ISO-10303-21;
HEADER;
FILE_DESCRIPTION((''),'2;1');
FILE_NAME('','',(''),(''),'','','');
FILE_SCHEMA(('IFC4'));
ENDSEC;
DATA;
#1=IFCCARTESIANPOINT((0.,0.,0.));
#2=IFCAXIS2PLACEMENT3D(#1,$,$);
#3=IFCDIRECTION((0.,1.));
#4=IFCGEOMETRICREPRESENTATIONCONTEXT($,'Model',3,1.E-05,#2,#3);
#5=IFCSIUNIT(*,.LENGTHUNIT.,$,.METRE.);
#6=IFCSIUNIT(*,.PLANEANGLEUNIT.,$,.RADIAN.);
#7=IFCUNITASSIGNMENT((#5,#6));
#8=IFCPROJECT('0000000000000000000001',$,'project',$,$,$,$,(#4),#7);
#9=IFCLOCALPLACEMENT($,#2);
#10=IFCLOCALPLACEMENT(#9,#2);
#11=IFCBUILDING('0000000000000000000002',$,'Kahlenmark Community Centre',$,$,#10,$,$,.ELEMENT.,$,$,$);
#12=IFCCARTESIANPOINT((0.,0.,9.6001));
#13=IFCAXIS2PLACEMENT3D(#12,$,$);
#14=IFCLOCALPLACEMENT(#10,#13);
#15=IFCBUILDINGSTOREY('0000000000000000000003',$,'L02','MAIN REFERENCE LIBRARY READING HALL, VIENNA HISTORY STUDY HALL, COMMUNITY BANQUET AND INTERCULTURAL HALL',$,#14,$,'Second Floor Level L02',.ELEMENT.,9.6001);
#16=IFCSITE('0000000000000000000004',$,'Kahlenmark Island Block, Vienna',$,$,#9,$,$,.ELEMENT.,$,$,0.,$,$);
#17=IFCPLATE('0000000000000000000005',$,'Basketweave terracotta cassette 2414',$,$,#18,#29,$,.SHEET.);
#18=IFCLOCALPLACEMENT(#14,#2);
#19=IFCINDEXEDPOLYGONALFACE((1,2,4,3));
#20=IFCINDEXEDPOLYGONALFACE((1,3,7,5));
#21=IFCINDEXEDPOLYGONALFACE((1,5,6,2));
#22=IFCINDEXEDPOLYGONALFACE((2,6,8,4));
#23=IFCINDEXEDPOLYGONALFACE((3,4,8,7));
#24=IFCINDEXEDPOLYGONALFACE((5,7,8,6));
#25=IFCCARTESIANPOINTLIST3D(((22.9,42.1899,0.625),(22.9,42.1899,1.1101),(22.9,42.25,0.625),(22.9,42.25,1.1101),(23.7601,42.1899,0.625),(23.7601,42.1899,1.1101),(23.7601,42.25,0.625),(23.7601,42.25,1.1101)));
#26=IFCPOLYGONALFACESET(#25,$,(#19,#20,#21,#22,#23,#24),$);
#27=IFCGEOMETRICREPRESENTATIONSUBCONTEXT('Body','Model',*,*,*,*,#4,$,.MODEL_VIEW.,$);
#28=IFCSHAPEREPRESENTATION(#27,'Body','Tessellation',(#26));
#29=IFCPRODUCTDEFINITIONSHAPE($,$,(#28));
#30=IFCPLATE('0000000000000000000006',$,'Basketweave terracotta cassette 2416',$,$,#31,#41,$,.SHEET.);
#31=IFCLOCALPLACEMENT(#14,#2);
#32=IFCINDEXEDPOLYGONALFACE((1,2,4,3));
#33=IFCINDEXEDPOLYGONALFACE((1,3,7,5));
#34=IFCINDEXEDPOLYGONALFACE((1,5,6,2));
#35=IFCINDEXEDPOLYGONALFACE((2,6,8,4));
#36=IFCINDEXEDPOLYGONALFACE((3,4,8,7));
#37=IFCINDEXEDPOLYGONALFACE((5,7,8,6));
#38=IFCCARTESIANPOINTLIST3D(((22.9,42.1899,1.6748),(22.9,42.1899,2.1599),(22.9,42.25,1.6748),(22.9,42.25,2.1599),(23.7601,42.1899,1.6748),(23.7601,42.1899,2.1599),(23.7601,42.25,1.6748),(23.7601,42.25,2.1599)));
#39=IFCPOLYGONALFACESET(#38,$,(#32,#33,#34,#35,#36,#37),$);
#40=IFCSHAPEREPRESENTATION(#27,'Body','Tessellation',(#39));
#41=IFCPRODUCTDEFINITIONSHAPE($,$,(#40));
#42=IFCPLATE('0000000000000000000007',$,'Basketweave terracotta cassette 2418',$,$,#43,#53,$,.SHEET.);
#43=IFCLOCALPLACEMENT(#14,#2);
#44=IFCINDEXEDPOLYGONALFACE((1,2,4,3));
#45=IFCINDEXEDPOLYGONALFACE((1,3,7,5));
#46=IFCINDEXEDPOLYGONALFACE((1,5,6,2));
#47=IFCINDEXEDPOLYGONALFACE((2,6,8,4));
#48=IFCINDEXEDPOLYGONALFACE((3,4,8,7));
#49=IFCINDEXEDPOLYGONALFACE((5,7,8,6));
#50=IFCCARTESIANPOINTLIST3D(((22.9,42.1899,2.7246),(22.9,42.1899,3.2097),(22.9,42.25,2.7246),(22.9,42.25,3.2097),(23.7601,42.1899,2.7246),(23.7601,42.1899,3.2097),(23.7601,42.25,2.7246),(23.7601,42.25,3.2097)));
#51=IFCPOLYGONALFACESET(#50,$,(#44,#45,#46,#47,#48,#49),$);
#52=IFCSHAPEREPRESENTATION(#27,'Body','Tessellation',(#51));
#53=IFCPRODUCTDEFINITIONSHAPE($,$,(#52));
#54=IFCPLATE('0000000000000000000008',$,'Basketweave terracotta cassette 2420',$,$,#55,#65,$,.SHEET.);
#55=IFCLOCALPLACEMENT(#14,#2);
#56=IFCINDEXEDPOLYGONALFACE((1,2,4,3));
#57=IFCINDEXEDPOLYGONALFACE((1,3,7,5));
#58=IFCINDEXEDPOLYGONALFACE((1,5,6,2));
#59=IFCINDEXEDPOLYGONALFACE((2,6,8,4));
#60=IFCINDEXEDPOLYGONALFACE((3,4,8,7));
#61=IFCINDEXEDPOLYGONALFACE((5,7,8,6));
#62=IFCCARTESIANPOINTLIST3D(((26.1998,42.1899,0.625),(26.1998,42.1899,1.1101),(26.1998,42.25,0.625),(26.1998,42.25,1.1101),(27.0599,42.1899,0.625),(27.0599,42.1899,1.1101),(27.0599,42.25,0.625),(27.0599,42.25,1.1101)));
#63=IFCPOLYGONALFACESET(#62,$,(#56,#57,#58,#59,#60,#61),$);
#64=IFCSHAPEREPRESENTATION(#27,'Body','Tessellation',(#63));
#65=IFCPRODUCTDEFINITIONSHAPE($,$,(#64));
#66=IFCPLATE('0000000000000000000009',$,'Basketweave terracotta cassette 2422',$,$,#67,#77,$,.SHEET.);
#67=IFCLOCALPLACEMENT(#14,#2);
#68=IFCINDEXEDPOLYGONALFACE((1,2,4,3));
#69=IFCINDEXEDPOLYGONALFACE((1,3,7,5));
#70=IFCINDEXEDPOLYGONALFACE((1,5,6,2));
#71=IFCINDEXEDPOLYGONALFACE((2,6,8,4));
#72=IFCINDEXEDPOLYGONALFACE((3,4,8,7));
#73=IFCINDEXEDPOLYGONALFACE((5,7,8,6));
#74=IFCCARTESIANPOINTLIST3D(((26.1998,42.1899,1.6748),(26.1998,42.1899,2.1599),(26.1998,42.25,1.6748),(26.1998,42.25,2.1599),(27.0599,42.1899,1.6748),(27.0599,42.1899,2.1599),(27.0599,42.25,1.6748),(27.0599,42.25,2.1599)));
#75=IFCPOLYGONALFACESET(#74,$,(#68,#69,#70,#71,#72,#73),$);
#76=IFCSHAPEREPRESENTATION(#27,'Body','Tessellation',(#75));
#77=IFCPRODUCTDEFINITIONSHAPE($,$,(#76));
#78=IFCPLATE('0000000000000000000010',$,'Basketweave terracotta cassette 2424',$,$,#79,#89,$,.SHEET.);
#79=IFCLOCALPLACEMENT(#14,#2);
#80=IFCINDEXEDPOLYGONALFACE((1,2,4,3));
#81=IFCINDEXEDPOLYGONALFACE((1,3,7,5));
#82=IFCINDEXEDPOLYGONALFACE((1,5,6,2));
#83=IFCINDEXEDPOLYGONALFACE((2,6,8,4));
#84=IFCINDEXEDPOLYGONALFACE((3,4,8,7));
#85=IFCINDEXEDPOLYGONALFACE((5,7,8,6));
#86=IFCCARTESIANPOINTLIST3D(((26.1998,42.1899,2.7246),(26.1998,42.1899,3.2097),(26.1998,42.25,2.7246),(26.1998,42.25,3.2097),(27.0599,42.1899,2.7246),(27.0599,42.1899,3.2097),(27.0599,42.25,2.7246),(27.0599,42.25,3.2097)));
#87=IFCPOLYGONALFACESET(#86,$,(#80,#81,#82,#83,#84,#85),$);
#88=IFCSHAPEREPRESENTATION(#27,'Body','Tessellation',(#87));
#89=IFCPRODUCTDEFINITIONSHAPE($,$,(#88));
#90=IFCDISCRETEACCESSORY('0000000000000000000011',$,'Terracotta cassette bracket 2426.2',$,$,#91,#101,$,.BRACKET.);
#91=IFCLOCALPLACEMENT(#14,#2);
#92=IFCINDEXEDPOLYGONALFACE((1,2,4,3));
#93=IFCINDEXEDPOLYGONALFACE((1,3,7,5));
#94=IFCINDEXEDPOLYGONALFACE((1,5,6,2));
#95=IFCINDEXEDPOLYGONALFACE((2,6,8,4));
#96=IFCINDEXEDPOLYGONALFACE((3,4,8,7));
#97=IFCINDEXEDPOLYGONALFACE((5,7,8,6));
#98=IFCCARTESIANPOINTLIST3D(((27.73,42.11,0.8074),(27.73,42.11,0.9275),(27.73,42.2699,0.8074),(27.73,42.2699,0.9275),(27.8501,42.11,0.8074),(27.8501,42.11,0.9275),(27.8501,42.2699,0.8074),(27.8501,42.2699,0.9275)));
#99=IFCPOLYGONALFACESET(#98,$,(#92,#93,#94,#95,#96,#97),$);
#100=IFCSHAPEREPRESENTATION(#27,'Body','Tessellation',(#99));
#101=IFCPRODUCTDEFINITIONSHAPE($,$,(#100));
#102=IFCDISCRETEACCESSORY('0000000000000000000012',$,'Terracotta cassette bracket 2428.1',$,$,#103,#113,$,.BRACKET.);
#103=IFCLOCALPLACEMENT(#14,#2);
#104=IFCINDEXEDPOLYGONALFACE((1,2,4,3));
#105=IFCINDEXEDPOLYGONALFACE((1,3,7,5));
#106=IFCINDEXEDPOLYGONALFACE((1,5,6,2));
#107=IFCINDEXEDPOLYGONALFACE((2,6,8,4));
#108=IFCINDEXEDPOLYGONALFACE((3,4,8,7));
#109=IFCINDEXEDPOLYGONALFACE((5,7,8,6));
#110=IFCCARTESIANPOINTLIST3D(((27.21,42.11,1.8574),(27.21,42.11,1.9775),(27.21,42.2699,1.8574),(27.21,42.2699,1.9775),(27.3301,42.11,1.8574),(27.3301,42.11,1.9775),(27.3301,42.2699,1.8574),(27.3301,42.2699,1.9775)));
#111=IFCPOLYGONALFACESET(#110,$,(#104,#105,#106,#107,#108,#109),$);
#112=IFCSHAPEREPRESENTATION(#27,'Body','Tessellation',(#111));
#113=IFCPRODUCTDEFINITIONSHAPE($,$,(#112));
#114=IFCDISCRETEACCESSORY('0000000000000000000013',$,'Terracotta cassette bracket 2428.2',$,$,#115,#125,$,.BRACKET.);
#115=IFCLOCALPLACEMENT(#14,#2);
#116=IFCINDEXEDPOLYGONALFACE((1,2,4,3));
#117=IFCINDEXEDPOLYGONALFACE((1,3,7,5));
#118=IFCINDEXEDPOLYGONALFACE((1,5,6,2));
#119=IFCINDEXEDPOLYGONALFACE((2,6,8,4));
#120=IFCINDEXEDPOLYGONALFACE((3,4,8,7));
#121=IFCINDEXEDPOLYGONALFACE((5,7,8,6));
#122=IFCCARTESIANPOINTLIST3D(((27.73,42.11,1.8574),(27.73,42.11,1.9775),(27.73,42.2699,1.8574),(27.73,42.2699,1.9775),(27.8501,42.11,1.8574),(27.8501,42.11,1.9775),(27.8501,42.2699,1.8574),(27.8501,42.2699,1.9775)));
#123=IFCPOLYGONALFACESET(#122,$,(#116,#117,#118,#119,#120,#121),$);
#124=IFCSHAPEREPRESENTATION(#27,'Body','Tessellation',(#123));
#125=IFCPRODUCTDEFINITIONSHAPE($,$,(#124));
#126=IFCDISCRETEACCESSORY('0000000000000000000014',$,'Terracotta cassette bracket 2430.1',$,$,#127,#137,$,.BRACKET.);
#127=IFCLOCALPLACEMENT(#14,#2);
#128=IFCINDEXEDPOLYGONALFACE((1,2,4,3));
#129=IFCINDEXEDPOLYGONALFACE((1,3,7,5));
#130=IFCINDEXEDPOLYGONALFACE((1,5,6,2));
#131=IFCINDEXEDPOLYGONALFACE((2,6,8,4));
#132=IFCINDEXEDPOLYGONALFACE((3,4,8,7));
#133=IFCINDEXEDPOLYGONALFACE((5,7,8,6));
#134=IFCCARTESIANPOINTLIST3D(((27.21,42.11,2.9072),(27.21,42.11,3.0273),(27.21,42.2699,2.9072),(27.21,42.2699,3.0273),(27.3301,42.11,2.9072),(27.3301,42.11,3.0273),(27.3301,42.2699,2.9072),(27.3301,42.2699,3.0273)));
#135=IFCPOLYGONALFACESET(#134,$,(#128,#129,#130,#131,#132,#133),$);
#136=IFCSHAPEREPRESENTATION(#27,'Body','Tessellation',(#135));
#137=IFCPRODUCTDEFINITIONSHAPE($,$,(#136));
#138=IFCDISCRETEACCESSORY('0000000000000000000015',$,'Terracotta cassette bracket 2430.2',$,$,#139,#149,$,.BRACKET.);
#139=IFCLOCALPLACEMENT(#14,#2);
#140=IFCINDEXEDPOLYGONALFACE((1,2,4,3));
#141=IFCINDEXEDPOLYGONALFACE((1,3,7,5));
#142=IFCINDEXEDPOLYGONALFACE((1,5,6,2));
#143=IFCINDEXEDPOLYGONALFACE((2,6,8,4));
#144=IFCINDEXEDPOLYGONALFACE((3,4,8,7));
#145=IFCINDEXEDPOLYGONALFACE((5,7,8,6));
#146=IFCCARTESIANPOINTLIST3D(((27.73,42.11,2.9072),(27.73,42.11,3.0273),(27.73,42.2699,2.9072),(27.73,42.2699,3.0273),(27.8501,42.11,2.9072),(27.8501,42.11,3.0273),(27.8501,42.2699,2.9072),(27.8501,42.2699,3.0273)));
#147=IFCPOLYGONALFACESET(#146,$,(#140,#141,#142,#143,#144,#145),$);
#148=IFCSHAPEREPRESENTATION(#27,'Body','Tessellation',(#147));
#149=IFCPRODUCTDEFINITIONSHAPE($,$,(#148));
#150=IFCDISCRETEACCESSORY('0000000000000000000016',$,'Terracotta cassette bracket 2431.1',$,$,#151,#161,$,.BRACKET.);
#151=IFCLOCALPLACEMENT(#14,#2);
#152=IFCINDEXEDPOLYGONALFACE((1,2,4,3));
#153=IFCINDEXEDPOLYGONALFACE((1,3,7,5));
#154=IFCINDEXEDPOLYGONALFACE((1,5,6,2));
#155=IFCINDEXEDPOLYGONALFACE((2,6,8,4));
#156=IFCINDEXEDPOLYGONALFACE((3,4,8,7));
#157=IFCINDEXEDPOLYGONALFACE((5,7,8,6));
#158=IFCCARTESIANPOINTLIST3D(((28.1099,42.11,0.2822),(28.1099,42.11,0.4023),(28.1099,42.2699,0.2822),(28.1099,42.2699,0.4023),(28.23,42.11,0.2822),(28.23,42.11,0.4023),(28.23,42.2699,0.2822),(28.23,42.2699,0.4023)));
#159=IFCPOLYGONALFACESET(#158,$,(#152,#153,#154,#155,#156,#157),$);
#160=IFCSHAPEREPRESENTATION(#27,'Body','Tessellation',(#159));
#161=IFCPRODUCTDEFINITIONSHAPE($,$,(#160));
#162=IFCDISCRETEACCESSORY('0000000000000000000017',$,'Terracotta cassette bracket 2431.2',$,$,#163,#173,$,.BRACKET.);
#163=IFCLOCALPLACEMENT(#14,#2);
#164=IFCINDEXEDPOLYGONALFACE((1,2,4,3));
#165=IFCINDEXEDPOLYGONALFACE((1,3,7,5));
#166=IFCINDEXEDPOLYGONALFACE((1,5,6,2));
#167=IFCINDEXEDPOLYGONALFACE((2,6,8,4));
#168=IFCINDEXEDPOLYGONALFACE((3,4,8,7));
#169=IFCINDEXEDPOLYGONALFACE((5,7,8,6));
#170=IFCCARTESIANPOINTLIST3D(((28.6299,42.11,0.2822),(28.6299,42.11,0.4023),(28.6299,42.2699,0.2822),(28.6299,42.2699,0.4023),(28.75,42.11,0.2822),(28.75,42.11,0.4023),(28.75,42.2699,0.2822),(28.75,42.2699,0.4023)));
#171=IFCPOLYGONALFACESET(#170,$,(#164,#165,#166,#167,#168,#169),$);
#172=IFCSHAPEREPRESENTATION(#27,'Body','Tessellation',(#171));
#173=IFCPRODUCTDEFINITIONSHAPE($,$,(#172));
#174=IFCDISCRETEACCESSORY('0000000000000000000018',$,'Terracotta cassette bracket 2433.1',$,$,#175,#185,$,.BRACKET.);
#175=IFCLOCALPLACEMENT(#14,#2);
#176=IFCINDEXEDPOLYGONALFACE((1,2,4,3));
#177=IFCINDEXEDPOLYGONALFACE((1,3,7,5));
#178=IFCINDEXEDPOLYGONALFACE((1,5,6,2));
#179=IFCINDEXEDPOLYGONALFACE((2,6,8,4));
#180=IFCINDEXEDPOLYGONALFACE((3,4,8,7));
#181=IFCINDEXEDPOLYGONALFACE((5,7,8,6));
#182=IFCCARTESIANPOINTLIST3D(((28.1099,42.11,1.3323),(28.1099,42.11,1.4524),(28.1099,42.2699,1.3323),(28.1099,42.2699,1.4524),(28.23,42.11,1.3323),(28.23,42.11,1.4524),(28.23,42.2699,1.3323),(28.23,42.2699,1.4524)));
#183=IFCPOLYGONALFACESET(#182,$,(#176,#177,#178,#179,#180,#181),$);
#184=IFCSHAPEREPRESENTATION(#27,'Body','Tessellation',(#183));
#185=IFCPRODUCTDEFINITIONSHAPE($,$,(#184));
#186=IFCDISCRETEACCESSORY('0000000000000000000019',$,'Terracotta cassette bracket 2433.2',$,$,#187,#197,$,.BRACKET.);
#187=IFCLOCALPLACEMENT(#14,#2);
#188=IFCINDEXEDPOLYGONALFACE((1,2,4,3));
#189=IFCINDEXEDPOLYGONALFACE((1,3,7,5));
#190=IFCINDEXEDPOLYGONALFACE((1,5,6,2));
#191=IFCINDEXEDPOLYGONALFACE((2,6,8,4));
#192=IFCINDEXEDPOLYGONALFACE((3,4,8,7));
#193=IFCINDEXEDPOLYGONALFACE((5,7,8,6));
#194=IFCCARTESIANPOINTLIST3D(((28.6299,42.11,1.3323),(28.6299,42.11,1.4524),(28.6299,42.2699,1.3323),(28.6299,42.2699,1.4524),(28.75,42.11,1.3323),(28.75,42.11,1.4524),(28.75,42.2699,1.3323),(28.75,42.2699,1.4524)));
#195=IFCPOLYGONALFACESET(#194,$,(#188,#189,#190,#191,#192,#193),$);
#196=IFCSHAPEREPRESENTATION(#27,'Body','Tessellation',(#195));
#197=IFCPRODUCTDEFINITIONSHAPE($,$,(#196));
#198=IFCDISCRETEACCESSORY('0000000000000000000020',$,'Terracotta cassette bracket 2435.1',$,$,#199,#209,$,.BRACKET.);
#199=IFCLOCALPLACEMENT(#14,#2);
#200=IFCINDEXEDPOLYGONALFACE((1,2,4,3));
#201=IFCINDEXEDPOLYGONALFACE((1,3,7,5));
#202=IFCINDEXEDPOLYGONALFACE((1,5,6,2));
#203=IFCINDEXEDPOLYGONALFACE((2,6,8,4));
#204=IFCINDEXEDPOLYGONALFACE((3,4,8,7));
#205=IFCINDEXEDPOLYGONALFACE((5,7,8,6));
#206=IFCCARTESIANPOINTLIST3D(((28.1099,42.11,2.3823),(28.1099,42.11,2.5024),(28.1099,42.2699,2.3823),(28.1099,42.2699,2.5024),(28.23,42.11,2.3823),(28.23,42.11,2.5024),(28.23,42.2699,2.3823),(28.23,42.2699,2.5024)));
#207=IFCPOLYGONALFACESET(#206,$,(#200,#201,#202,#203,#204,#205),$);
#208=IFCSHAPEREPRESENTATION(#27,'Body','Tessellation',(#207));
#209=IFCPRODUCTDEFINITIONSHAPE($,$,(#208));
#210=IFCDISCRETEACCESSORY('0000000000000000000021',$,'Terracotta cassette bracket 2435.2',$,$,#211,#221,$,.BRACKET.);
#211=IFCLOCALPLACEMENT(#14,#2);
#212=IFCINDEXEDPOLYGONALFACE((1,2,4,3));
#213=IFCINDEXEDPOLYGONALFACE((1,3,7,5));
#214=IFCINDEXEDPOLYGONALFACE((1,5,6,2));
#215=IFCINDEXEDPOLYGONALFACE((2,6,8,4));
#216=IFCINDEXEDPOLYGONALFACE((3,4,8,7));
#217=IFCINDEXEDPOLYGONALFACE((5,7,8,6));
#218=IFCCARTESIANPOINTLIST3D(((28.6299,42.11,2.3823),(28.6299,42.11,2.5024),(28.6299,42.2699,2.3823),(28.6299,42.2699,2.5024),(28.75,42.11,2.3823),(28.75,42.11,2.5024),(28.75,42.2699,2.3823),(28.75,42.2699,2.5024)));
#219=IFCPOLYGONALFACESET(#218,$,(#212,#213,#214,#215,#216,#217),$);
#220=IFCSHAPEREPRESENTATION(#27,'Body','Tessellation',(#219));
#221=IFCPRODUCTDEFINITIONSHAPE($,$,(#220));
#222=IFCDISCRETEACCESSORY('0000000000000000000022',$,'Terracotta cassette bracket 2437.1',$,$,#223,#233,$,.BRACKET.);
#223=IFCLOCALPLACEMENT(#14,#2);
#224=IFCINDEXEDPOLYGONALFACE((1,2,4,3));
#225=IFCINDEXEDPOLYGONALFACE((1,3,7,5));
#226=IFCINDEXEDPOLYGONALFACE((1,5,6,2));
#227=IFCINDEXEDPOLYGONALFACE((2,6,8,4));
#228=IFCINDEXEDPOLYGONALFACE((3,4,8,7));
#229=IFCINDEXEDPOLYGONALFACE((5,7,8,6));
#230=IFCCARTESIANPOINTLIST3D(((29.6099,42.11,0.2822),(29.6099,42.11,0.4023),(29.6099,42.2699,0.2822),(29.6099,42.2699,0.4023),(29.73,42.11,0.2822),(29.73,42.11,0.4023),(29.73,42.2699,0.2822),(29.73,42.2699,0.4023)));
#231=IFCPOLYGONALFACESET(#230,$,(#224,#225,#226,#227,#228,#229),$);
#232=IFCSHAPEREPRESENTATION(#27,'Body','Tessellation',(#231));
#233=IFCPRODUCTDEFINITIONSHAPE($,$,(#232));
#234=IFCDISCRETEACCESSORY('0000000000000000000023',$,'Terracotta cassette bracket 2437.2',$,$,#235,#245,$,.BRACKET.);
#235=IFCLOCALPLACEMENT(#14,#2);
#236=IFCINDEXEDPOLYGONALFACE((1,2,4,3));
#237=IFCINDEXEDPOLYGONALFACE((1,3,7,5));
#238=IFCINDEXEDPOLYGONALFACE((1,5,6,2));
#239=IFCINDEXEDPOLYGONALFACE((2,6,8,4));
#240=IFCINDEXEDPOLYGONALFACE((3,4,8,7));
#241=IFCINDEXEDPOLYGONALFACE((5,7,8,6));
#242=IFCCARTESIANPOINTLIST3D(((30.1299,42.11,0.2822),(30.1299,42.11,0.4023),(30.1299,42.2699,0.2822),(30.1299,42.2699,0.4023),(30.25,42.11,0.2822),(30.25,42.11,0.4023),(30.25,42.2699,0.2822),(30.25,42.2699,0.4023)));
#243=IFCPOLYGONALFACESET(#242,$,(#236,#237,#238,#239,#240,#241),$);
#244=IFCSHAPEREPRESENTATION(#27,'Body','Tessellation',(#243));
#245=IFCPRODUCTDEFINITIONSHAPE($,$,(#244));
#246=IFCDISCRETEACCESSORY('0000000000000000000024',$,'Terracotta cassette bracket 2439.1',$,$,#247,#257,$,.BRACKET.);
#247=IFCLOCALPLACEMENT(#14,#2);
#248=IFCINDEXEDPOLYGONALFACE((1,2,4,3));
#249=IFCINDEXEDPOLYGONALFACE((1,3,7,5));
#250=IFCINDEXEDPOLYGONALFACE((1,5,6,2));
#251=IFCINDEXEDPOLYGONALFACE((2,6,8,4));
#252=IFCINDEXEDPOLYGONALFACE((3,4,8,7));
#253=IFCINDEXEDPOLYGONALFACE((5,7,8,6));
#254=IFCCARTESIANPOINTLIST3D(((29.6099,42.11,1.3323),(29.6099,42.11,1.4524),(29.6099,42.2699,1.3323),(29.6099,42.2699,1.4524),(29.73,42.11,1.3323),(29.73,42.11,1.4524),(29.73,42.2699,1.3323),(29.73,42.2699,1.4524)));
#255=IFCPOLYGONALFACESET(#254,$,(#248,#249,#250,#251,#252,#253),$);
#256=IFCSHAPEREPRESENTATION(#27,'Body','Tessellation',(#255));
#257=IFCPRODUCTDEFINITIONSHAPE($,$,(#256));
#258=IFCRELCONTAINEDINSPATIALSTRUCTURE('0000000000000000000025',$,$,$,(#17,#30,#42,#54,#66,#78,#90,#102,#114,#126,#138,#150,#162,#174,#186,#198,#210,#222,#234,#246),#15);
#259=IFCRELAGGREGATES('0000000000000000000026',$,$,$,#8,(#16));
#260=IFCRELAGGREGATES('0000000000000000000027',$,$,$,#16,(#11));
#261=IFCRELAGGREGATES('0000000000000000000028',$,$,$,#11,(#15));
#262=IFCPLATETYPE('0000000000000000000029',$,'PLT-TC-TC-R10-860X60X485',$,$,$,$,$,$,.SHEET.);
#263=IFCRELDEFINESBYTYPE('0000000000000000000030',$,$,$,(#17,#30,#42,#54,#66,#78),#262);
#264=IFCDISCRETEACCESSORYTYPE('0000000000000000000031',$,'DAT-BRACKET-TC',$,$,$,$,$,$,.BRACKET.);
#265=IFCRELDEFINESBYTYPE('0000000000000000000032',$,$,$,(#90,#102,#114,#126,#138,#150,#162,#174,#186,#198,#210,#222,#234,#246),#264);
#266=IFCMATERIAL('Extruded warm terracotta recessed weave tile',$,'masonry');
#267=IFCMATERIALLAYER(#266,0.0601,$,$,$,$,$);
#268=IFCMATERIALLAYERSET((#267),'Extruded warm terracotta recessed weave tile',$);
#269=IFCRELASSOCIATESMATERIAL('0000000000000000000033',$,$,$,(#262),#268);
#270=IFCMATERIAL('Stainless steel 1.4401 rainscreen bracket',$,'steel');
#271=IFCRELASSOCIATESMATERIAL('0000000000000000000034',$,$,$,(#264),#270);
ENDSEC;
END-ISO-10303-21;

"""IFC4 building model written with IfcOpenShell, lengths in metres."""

from ifc_helpers import new_model, si_unit, direction, frame, origin, origin_2d, place, context, subcontext, project, spatial, rectangle, extrude, material, layer, layer_set, type_object, element, save


model = new_model("IFC4")

# Units and contexts
model_context = context("Model", 3, precision=1e-05, world=origin(), true_north=direction((0.0, 1.0)))
body_context = subcontext(model_context, "Body", "Model", "MODEL_VIEW")
ifc_project = project(units=[si_unit("LENGTHUNIT", "METRE"), si_unit("PLANEANGLEUNIT", "RADIAN")], contexts=[model_context])

# Site, building, storey
site_placement = place(None, origin())
site = spatial("IfcSite", under=ifc_project, at=site_placement, Name="Kahlenmark Island Block, Vienna", CompositionType="ELEMENT", RefElevation=0.0)
building_placement = place(site_placement, origin())
building = spatial("IfcBuilding", under=site, at=building_placement, Name="Kahlenmark Community Centre", CompositionType="ELEMENT")
storey_placement = place(building_placement, frame((0.0, 0.0, 9.6001)))
storey = spatial("IfcBuildingStorey", under=building, at=storey_placement, Name="L02", Description="MAIN REFERENCE LIBRARY READING HALL, VIENNA HISTORY STUDY HALL, COMMUNITY BANQUET AND INTERCULTURAL HALL", LongName="Second Floor Level L02", CompositionType="ELEMENT", Elevation=9.6001)

# Plates
ifc_material_1 = material(Name="Extruded warm terracotta recessed weave tile", Category="masonry")
ifc_layer_1 = layer(ifc_material_1, 0.0601)
ifc_layer_set_1 = layer_set([ifc_layer_1], Name="Extruded warm terracotta recessed weave tile")
plate_type_1 = type_object("IfcPlateType", Name="PLT-TC-TC-R10-860X60X485", PredefinedType="SHEET", material=ifc_layer_set_1)
for number, where, z_axis, x_axis, name in (
    (1, (23.3301, 42.22, 0.625), (0.0, 0.0, 1.0), (1.0, 0.0, 0.0), "Basketweave terracotta cassette 2414"),
    (2, (23.3301, 42.22, 1.6748), (0.0, 0.0, 1.0), (1.0, 0.0, 0.0), "Basketweave terracotta cassette 2416"),
    (3, (23.3301, 42.22, 2.7246), (0.0, 0.0, 1.0), (1.0, 0.0, 0.0), "Basketweave terracotta cassette 2418"),
    (4, (26.6299, 42.22, 0.625), (0.0, 0.0, 1.0), (1.0, 0.0, 0.0), "Basketweave terracotta cassette 2420"),
    (5, (26.6299, 42.22, 1.6748), (0.0, 0.0, 1.0), (1.0, 0.0, 0.0), "Basketweave terracotta cassette 2422"),
    (6, (26.6299, 42.22, 2.7246), (0.0, 0.0, 1.0), (1.0, 0.0, 0.0), "Basketweave terracotta cassette 2424"),
):
    element("IfcPlate", number, at=place(storey_placement, frame(where, z_axis=z_axis, x_axis=x_axis)), inside=storey, type_object=plate_type_1, Name=name, PredefinedType="SHEET", context=body_context, shape_type="SweptSolid", body=[
        extrude(rectangle(XDim=0.8601, YDim=0.0601, at=origin_2d()), origin(), (0.0, 0.0, 1.0), 0.4851),
    ])

# Discrete accessories
ifc_material_2 = material(Name="Stainless steel 1.4401 rainscreen bracket", Category="steel")
discrete_accessory_type = type_object("IfcDiscreteAccessoryType", Name="DAT-BRACKET-TC", PredefinedType="BRACKET", material=ifc_material_2)
for number, where, z_axis, x_axis, name in (
    (7, (27.79, 42.1899, 0.8074), (0.0, 0.0, 1.0), (1.0, 0.0, 0.0), "Terracotta cassette bracket 2426.2"),
    (8, (27.27, 42.1899, 1.8574), (0.0, 0.0, 1.0), (1.0, 0.0, 0.0), "Terracotta cassette bracket 2428.1"),
    (9, (27.79, 42.1899, 1.8574), (0.0, 0.0, 1.0), (1.0, 0.0, 0.0), "Terracotta cassette bracket 2428.2"),
    (10, (27.27, 42.1899, 2.9072), (0.0, 0.0, 1.0), (1.0, 0.0, 0.0), "Terracotta cassette bracket 2430.1"),
    (11, (27.79, 42.1899, 2.9072), (0.0, 0.0, 1.0), (1.0, 0.0, 0.0), "Terracotta cassette bracket 2430.2"),
    (12, (28.1699, 42.1899, 0.2822), (0.0, 0.0, 1.0), (1.0, 0.0, 0.0), "Terracotta cassette bracket 2431.1"),
    (13, (28.6899, 42.1899, 0.2822), (0.0, 0.0, 1.0), (1.0, 0.0, 0.0), "Terracotta cassette bracket 2431.2"),
    (14, (28.1699, 42.1899, 1.3323), (0.0, 0.0, 1.0), (1.0, 0.0, 0.0), "Terracotta cassette bracket 2433.1"),
    (15, (28.6899, 42.1899, 1.3323), (0.0, 0.0, 1.0), (1.0, 0.0, 0.0), "Terracotta cassette bracket 2433.2"),
    (16, (28.1699, 42.1899, 2.3823), (0.0, 0.0, 1.0), (1.0, 0.0, 0.0), "Terracotta cassette bracket 2435.1"),
    (17, (28.6899, 42.1899, 2.3823), (0.0, 0.0, 1.0), (1.0, 0.0, 0.0), "Terracotta cassette bracket 2435.2"),
    (18, (29.6699, 42.1899, 0.2822), (0.0, 0.0, 1.0), (1.0, 0.0, 0.0), "Terracotta cassette bracket 2437.1"),
    (19, (30.1899, 42.1899, 0.2822), (0.0, 0.0, 1.0), (1.0, 0.0, 0.0), "Terracotta cassette bracket 2437.2"),
    (20, (29.6699, 42.1899, 1.3323), (0.0, 0.0, 1.0), (1.0, 0.0, 0.0), "Terracotta cassette bracket 2439.1"),
):
    element("IfcDiscreteAccessory", number, at=place(storey_placement, frame(where, z_axis=z_axis, x_axis=x_axis)), inside=storey, type_object=discrete_accessory_type, Name=name, PredefinedType="BRACKET", context=body_context, shape_type="SweptSolid", body=[
        extrude(rectangle(XDim=0.1201, YDim=0.1599, at=origin_2d()), origin(), (0.0, 0.0, 1.0), 0.1201),
    ])

save(model, "model.ifc")
